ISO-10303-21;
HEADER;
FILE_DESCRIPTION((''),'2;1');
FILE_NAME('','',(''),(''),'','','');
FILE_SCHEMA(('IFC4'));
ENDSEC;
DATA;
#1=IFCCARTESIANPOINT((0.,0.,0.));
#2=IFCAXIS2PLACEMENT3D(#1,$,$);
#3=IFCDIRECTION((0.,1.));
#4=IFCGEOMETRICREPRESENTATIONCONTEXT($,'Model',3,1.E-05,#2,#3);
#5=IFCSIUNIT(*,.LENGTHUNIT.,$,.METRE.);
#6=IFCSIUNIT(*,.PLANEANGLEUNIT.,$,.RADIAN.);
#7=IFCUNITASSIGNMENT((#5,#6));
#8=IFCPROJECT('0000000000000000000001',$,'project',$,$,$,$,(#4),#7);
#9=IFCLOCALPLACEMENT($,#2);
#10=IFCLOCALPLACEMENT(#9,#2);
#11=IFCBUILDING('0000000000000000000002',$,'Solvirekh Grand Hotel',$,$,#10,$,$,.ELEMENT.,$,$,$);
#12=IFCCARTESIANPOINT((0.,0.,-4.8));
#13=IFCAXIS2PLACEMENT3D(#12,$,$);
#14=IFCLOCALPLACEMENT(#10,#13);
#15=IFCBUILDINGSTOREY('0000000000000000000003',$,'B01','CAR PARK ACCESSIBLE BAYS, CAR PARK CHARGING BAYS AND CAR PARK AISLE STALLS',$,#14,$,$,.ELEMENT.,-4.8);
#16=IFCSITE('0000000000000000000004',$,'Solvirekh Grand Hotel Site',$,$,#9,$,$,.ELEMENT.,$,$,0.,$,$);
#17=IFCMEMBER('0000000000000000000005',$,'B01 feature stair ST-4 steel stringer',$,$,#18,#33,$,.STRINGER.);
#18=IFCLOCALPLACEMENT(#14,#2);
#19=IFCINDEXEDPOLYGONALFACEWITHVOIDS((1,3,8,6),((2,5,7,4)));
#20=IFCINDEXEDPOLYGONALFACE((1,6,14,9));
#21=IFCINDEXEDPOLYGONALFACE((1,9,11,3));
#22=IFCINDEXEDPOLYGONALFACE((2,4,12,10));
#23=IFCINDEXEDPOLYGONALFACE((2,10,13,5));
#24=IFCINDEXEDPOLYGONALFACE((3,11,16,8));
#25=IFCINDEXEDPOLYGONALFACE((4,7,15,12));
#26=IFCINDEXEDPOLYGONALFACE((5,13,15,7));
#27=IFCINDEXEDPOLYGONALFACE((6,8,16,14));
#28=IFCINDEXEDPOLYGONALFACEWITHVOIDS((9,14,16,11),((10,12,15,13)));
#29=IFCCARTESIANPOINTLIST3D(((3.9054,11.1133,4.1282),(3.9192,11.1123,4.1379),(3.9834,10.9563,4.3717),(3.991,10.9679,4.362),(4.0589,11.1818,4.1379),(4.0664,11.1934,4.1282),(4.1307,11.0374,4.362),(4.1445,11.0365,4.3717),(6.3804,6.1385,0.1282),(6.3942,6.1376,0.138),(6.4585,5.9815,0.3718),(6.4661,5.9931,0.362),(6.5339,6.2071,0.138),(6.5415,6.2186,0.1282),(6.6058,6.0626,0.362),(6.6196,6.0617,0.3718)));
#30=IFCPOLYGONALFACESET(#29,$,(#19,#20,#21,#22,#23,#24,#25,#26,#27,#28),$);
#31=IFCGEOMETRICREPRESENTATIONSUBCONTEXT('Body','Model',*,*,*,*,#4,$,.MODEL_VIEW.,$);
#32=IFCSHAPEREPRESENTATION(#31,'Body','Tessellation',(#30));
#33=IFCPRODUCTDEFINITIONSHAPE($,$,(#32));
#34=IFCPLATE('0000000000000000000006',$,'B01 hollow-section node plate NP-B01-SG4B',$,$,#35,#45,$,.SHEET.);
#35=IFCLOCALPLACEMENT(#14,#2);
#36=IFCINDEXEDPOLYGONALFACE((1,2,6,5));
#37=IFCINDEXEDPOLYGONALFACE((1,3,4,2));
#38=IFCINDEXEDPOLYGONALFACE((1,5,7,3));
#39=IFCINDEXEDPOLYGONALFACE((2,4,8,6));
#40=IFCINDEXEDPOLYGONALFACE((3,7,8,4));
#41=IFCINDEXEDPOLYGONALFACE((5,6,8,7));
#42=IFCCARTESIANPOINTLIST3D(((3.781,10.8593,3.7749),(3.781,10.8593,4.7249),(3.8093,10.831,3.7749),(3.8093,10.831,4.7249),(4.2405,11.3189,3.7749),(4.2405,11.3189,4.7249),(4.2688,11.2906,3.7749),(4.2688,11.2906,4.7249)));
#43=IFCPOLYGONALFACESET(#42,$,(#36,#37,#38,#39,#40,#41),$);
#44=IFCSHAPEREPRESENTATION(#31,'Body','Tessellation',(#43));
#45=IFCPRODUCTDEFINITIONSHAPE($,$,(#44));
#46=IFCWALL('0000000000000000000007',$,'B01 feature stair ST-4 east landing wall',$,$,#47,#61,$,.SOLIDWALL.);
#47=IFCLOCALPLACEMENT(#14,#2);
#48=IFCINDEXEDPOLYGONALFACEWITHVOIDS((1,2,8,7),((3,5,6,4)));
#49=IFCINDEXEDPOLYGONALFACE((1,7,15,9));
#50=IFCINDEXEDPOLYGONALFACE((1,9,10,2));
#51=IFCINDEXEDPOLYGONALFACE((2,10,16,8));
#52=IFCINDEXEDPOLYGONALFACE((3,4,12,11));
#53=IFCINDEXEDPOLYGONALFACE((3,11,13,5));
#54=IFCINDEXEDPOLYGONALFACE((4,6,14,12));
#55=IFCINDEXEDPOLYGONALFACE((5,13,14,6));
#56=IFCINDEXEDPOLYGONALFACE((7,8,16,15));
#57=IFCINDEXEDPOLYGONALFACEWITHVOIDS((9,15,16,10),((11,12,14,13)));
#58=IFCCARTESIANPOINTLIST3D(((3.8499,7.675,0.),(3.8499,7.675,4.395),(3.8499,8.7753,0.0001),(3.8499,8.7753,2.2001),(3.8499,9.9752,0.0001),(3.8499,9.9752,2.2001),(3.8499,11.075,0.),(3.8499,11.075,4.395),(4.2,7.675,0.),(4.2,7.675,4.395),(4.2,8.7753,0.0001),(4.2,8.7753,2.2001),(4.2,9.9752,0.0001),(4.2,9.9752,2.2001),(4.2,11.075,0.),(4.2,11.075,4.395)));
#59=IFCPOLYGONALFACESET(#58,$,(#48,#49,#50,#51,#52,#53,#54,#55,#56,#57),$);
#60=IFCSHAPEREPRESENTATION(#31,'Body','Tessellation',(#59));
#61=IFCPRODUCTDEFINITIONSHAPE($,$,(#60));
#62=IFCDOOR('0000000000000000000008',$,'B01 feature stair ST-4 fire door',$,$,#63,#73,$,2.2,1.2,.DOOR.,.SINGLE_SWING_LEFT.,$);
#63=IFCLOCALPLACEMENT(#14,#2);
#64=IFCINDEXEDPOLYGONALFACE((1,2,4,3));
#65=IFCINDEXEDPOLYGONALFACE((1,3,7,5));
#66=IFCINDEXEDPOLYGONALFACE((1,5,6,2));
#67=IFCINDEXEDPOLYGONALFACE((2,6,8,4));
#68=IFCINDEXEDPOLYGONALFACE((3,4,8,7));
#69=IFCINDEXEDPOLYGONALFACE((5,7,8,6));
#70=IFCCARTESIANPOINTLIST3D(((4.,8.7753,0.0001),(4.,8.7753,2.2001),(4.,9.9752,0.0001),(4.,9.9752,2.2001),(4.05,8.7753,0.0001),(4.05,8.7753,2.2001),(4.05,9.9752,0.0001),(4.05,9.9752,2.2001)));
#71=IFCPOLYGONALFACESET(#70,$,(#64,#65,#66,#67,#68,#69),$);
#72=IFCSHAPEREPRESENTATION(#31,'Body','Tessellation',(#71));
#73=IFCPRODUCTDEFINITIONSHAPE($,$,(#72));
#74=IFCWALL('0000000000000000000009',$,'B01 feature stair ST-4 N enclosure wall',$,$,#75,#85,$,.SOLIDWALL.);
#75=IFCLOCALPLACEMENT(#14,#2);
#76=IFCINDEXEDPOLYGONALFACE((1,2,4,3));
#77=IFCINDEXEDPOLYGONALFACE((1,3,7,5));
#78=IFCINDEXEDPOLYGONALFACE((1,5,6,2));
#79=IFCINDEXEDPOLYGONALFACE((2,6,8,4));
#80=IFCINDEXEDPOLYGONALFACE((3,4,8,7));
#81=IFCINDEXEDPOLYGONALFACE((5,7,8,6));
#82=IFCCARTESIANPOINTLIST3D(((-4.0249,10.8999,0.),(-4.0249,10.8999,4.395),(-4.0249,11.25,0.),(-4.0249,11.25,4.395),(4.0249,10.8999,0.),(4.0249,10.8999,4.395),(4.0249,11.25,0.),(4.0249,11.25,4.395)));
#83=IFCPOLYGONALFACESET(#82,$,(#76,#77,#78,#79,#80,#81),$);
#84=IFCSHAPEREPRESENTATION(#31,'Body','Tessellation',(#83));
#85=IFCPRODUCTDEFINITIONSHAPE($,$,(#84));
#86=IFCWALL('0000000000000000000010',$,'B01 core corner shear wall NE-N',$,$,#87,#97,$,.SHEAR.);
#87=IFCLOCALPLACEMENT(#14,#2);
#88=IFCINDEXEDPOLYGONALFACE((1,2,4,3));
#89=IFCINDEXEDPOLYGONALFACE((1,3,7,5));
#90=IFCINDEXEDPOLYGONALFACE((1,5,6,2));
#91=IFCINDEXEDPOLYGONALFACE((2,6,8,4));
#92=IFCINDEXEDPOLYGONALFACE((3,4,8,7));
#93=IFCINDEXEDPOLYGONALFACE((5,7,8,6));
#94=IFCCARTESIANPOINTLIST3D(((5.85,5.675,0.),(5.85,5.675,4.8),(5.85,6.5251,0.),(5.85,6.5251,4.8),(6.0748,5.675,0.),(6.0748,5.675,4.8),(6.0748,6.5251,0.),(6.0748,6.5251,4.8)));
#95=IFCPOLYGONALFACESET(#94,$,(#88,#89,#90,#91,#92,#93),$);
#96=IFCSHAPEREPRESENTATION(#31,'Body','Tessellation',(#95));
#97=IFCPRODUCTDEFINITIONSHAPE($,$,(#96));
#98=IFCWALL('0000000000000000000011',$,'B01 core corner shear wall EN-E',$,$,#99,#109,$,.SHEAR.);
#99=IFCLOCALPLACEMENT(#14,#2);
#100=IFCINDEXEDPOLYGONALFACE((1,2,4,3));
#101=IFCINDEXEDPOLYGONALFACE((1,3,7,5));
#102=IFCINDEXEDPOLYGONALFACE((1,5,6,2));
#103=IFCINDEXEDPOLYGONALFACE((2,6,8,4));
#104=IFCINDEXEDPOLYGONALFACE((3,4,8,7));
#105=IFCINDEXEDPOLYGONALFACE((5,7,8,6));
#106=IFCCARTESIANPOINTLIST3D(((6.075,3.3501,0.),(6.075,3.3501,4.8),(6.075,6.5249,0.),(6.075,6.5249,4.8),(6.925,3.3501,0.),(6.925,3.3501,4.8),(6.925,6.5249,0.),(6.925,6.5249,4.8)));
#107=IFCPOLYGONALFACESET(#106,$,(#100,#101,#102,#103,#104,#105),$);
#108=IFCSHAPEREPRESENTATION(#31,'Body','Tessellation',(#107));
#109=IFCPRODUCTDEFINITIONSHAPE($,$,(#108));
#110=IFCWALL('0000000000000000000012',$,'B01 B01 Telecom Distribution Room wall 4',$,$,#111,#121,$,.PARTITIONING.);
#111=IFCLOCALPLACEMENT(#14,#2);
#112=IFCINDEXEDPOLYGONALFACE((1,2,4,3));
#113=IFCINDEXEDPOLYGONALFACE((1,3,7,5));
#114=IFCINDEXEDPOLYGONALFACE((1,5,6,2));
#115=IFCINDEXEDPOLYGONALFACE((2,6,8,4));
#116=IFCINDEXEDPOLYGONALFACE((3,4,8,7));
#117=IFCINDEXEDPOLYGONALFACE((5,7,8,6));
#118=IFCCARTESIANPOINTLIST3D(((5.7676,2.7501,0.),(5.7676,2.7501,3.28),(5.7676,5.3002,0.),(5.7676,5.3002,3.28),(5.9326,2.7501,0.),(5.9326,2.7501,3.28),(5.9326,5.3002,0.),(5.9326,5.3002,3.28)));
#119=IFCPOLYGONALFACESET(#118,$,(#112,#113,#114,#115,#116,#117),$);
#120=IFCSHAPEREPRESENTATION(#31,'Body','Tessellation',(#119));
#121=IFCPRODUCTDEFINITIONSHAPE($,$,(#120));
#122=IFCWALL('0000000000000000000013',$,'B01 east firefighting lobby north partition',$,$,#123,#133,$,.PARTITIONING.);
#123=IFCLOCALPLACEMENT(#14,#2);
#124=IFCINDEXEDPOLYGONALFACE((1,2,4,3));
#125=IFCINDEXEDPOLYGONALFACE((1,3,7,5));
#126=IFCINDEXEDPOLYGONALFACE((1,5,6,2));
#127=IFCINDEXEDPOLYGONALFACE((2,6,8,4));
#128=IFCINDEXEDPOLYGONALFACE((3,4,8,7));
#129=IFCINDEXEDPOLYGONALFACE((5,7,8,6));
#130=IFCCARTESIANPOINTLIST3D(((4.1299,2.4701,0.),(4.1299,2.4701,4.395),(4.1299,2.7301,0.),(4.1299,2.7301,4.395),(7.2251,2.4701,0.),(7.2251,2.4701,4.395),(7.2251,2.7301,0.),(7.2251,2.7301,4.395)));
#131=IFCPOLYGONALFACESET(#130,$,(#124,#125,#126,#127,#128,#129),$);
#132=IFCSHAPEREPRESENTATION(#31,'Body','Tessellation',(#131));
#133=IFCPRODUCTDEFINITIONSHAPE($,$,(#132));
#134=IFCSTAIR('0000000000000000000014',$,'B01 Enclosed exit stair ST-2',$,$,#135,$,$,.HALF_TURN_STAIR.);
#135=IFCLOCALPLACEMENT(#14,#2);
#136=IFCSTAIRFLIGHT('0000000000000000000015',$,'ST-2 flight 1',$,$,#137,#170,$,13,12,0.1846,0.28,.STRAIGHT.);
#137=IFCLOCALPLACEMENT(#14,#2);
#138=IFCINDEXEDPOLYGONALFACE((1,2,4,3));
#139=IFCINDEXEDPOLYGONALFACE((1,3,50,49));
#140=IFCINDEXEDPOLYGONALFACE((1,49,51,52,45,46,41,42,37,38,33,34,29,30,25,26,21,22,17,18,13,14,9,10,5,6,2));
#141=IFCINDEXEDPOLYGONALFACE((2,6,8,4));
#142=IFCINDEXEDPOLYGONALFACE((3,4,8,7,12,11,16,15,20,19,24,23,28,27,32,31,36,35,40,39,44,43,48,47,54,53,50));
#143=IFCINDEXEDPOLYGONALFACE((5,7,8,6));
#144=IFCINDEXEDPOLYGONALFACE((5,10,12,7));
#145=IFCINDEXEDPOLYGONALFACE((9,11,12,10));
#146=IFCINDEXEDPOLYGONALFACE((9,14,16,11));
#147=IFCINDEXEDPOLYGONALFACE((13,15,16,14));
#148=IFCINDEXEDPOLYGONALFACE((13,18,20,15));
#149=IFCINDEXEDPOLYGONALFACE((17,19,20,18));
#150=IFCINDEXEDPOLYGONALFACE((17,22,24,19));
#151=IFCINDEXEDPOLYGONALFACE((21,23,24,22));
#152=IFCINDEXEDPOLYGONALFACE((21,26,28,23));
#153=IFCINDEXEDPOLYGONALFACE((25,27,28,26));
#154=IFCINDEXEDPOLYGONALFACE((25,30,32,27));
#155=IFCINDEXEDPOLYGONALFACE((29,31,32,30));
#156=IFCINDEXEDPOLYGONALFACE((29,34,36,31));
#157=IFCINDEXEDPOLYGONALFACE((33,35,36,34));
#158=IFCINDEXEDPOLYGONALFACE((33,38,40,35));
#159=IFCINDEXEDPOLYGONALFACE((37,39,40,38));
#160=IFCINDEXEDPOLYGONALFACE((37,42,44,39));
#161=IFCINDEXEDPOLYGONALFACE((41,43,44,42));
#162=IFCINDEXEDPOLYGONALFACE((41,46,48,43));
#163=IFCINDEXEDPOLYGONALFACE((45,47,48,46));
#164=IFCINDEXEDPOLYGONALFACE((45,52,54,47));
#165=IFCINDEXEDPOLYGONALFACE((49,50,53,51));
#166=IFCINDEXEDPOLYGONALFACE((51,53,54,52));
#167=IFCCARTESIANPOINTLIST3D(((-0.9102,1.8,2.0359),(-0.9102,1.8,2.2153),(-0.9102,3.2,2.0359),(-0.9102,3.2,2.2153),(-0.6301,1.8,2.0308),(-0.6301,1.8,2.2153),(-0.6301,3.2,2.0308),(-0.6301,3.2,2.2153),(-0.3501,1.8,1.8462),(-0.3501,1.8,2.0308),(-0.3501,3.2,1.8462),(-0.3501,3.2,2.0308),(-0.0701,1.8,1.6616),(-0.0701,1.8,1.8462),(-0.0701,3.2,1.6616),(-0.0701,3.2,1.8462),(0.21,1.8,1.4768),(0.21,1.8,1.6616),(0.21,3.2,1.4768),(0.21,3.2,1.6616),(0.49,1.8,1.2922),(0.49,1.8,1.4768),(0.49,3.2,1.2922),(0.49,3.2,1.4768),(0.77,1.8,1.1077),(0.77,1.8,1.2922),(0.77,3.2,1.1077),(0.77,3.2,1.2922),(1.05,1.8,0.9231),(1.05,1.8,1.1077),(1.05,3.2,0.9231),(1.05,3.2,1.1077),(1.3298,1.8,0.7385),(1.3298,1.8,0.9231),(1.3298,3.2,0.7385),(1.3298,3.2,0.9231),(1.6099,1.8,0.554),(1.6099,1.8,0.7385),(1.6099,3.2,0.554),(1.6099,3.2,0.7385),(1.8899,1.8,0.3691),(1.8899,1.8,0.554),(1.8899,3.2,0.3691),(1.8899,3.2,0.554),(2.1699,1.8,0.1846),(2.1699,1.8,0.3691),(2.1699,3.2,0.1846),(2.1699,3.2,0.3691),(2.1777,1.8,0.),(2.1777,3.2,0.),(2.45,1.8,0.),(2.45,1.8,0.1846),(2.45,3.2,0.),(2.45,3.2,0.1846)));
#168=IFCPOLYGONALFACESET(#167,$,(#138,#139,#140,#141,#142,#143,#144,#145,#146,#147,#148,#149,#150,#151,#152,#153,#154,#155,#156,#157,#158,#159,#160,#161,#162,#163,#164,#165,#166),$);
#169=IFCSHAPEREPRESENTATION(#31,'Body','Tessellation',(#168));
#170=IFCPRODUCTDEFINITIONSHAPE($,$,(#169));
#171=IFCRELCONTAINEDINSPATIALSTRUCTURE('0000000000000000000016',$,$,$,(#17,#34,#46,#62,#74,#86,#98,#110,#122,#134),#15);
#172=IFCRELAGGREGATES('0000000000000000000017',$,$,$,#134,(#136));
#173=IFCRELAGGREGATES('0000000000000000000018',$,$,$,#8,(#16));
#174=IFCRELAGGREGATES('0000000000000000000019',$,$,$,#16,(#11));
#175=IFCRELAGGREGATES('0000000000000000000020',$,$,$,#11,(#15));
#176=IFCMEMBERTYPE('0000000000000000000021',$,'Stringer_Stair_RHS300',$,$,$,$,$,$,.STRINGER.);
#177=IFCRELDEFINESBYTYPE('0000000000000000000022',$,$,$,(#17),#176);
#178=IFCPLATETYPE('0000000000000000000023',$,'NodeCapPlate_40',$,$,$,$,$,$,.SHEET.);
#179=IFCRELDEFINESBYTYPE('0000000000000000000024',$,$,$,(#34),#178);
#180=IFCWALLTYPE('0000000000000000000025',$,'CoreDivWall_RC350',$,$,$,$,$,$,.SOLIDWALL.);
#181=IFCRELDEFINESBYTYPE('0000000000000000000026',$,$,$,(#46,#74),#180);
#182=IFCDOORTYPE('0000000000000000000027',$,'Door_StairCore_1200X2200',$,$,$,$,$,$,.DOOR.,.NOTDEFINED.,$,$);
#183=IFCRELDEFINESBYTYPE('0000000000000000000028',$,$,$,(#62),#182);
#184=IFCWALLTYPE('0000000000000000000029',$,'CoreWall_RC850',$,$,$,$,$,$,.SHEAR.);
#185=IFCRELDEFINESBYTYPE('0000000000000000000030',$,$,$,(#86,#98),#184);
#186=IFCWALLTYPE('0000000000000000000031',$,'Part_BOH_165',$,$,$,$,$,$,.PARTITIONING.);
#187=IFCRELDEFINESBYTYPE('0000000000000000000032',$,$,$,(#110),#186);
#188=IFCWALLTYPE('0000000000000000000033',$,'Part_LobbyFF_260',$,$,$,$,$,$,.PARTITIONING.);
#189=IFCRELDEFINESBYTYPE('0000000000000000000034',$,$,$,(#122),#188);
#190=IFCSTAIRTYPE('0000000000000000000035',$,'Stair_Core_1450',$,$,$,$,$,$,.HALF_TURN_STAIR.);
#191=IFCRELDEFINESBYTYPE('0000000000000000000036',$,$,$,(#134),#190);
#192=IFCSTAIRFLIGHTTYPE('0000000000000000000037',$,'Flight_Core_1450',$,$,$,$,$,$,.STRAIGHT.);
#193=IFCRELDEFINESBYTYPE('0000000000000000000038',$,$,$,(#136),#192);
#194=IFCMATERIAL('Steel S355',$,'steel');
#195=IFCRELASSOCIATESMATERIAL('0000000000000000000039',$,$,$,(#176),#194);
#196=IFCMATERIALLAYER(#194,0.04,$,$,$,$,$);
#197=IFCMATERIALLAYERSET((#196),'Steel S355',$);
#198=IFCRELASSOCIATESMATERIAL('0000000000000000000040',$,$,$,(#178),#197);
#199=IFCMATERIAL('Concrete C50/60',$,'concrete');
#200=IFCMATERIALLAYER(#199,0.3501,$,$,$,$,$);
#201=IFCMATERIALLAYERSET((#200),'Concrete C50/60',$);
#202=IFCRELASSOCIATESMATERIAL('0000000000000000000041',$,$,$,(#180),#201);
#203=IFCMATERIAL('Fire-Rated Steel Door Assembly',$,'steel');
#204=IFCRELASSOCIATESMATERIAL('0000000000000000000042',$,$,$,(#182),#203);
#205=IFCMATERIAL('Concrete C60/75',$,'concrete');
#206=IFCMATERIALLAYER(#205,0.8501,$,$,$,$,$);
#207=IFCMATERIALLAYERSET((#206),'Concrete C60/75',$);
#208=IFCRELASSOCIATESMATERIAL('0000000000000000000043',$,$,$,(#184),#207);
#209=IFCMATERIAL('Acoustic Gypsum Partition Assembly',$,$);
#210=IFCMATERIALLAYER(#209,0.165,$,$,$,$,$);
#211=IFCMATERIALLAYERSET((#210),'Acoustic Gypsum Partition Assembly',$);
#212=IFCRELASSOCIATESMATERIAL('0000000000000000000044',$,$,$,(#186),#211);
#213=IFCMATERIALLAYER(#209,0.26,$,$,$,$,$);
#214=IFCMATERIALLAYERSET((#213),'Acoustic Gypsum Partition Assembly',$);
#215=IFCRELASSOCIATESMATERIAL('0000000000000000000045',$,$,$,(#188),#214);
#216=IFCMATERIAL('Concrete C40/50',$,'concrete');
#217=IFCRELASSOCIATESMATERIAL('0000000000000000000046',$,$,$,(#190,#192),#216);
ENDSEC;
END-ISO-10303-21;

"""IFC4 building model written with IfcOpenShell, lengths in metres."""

from ifc_helpers import new_model, si_unit, direction, frame, frame_2d, origin, origin_2d, place, context, subcontext, project, spatial, polyline, rectangle, hollow_rectangle, outline, extrude, material, layer, layer_set, material_profile, profile_set, type_object, element, fill, aggregate, save


model = new_model("IFC4")

# Units and contexts
model_context = context("Model", 3, precision=1e-05, world=origin(), true_north=direction((0.0, 1.0)))
body_context = subcontext(model_context, "Body", "Model", "MODEL_VIEW")
ifc_project = project(units=[si_unit("LENGTHUNIT", "METRE"), si_unit("PLANEANGLEUNIT", "RADIAN")], contexts=[model_context])

# Site, building, storey
site_placement = place(None, origin())
site = spatial("IfcSite", under=ifc_project, at=site_placement, Name="Solvirekh Grand Hotel Site", CompositionType="ELEMENT", RefElevation=0.0)
building_placement = place(site_placement, origin())
building = spatial("IfcBuilding", under=site, at=building_placement, Name="Solvirekh Grand Hotel", CompositionType="ELEMENT")
storey_placement = place(building_placement, frame((0.0, 0.0, -4.8)))
storey = spatial("IfcBuildingStorey", under=building, at=storey_placement, Name="B01", Description="CAR PARK ACCESSIBLE BAYS, CAR PARK CHARGING BAYS AND CAR PARK AISLE STALLS", CompositionType="ELEMENT", Elevation=-4.8)

# Shared definitions
ifc_material_1 = material(Name="Concrete C60/75", Category="concrete")
ifc_material_2 = material(Name="Steel S355", Category="steel")

# Member
ifc_material_profile_1 = material_profile(ifc_material_2, hollow_rectangle(XDim=0.1799, YDim=0.3, WallThickness=0.012, at=origin_2d()), Name="RHS 300X180X12")
ifc_profile_set_1 = profile_set([ifc_material_profile_1], Name="Steel S355")
member_type = type_object("IfcMemberType", Name="Stringer_Stair_RHS300", PredefinedType="STRINGER", material=ifc_profile_set_1)
member_placement = place(storey_placement, frame((6.5, 6.1001, 0.25), z_axis=(-0.36151, 0.726622, 0.584236), x_axis=(-0.895313, -0.445438, 0.0)))
element("IfcMember", 1, at=member_placement, inside=storey, type_object=member_type, Name="B01 feature stair ST-4 steel stringer", PredefinedType="STRINGER", context=body_context, shape_type="SweptSolid", body=[
    extrude(hollow_rectangle(XDim=0.1799, YDim=0.3, WallThickness=0.012, at=origin_2d()), origin(), (0.0, 0.0, 1.0), 6.8464),
])

# Plate
ifc_layer_1 = layer(ifc_material_2, 0.04)
ifc_layer_set_1 = layer_set([ifc_layer_1], Name="Steel S355")
plate_type = type_object("IfcPlateType", Name="NodeCapPlate_40", PredefinedType="SHEET", material=ifc_layer_set_1)
plate_placement = place(storey_placement, frame((4.0249, 11.075, 3.7749), z_axis=(0.0, 0.0, 1.0), x_axis=(-0.707107, 0.707107, 0.0)))
element("IfcPlate", 2, at=plate_placement, inside=storey, type_object=plate_type, Name="B01 hollow-section node plate NP-B01-SG4B", PredefinedType="SHEET", context=body_context, shape_type="SweptSolid", body=[
    extrude(rectangle(XDim=0.04, YDim=0.6499, at=origin_2d()), origin(), (0.0, 0.0, 1.0), 0.95),
])

# Wall, opening, door
ifc_material_3 = material(Name="Concrete C50/60", Category="concrete")
ifc_layer_2 = layer(ifc_material_3, 0.3501)
ifc_layer_set_2 = layer_set([ifc_layer_2], Name="Concrete C50/60")
wall_type_1 = type_object("IfcWallType", Name="CoreDivWall_RC350", PredefinedType="SOLIDWALL", material=ifc_layer_set_2)
wall_1_placement = place(storey_placement, frame((4.0249, 7.675, 0.0), z_axis=(0.0, 0.0, 1.0), x_axis=(0.0, 1.0, 0.0)))
wall_1 = element("IfcWall", 3, at=wall_1_placement, inside=storey, type_object=wall_type_1, Name="B01 feature stair ST-4 east landing wall", PredefinedType="SOLIDWALL", context=body_context, shape_type="SweptSolid", body=[
    extrude(rectangle(XDim=3.3999, YDim=0.3501, at=frame_2d((1.7, 0.0))), origin(), (0.0, 0.0, 1.0), 4.395),
])
opening_placement = place(wall_1_placement, frame((1.1001, 0.0, 0.0)))
opening = element("IfcOpeningElement", 4, at=opening_placement, cuts=wall_1, PredefinedType="OPENING", context=body_context, shape_type="SweptSolid", body=[
    extrude(rectangle(XDim=1.2, YDim=2.2, at=frame_2d((0.6001, 1.1001))), frame((0.0, 0.1851, 0.0), z_axis=(0.0, -1.0, 0.0), x_axis=(1.0, 0.0, 0.0)), (0.0, 0.0, 1.0), 0.3701),
])
ifc_material_4 = material(Name="Fire-Rated Steel Door Assembly", Category="steel")
door_type = type_object("IfcDoorType", Name="Door_StairCore_1200X2200", OperationType="NOTDEFINED", PredefinedType="DOOR", material=ifc_material_4)
door_placement = place(opening_placement, origin())
door = element("IfcDoor", 5, at=door_placement, inside=storey, type_object=door_type, Name="B01 feature stair ST-4 fire door", OperationType="SINGLE_SWING_LEFT", OverallHeight=2.2, OverallWidth=1.2, PredefinedType="DOOR", context=body_context, shape_type="SweptSolid", body=[
    extrude(rectangle(XDim=1.2, YDim=2.2, at=frame_2d((0.6001, 1.1001))), frame((0.0, 0.0249, 0.0), z_axis=(0.0, -1.0, 0.0), x_axis=(1.0, 0.0, 0.0)), (0.0, 0.0, 1.0), 0.05),
])
fill(opening, door)

# Walls
wall_2_placement = place(storey_placement, frame((4.0249, 11.075, 0.0), z_axis=(0.0, 0.0, 1.0), x_axis=(-1.0, 0.0, 0.0)))
element("IfcWall", 6, at=wall_2_placement, inside=storey, type_object=wall_type_1, Name="B01 feature stair ST-4 N enclosure wall", PredefinedType="SOLIDWALL", context=body_context, shape_type="SweptSolid", body=[
    extrude(rectangle(XDim=8.0498, YDim=0.3501, at=frame_2d((4.0249, 0.0))), origin(), (0.0, 0.0, 1.0), 4.395),
])
ifc_layer_3 = layer(ifc_material_1, 0.8501)
ifc_layer_set_3 = layer_set([ifc_layer_3], Name="Concrete C60/75")
wall_type_2 = type_object("IfcWallType", Name="CoreWall_RC850", PredefinedType="SHEAR", material=ifc_layer_set_3)
wall_3_placement = place(storey_placement, frame((5.8501, 6.1001, 0.0), z_axis=(0.0, 0.0, 1.0), x_axis=(1.0, 0.0, 0.0)))
element("IfcWall", 7, at=wall_3_placement, inside=storey, type_object=wall_type_2, Name="B01 core corner shear wall NE-N", PredefinedType="SHEAR", context=body_context, shape_type="SweptSolid", body=[
    extrude(rectangle(XDim=0.2249, YDim=0.8501, at=frame_2d((0.1123, 0.0))), origin(), (0.0, 0.0, 1.0), 4.8),
])
wall_4_placement = place(storey_placement, frame((6.5, 3.3501, 0.0), z_axis=(0.0, 0.0, 1.0), x_axis=(0.0, 1.0, 0.0)))
element("IfcWall", 8, at=wall_4_placement, inside=storey, type_object=wall_type_2, Name="B01 core corner shear wall EN-E", PredefinedType="SHEAR", context=body_context, shape_type="SweptSolid", body=[
    extrude(rectangle(XDim=3.1748, YDim=0.8501, at=frame_2d((1.5874, 0.0))), origin(), (0.0, 0.0, 1.0), 4.8),
])
ifc_material_5 = material(Name="Acoustic Gypsum Partition Assembly")
ifc_layer_4 = layer(ifc_material_5, 0.165)
ifc_layer_set_4 = layer_set([ifc_layer_4], Name="Acoustic Gypsum Partition Assembly")
wall_type_3 = type_object("IfcWallType", Name="Part_BOH_165", PredefinedType="PARTITIONING", material=ifc_layer_set_4)
wall_5_placement = place(storey_placement, frame((5.8501, 5.3, 0.0), z_axis=(0.0, 0.0, 1.0), x_axis=(0.0, -1.0, 0.0)))
element("IfcWall", 9, at=wall_5_placement, inside=storey, type_object=wall_type_3, Name="B01 B01 Telecom Distribution Room wall 4", PredefinedType="PARTITIONING", context=body_context, shape_type="SweptSolid", body=[
    extrude(rectangle(XDim=2.55, YDim=0.165, at=frame_2d((1.2749, 0.0))), origin(), (0.0, 0.0, 1.0), 3.28),
])
ifc_layer_5 = layer(ifc_material_5, 0.26)
ifc_layer_set_5 = layer_set([ifc_layer_5], Name="Acoustic Gypsum Partition Assembly")
wall_type_4 = type_object("IfcWallType", Name="Part_LobbyFF_260", PredefinedType="PARTITIONING", material=ifc_layer_set_5)
wall_6_placement = place(storey_placement, frame((4.1299, 2.6001, 0.0), z_axis=(0.0, 0.0, 1.0), x_axis=(1.0, 0.0, 0.0)))
element("IfcWall", 10, at=wall_6_placement, inside=storey, type_object=wall_type_4, Name="B01 east firefighting lobby north partition", PredefinedType="PARTITIONING", context=body_context, shape_type="SweptSolid", body=[
    extrude(rectangle(XDim=3.0952, YDim=0.26, at=frame_2d((1.5476, 0.0))), origin(), (0.0, 0.0, 1.0), 4.395),
])

# Stair, stair flight
ifc_material_6 = material(Name="Concrete C40/50", Category="concrete")
stair_type_1 = type_object("IfcStairType", Name="Stair_Core_1450", PredefinedType="HALF_TURN_STAIR", material=ifc_material_6)
stair_1_placement = place(storey_placement, origin())
stair_1 = element("IfcStair", 11, at=stair_1_placement, inside=storey, type_object=stair_type_1, Name="B01 Enclosed exit stair ST-2", PredefinedType="HALF_TURN_STAIR")
stair_flight_type_1 = type_object("IfcStairFlightType", Name="Flight_Core_1450", PredefinedType="STRAIGHT", material=ifc_material_6)
stair_flight_1_placement = place(storey_placement, frame((2.45, 2.5, 0.0), z_axis=(0.0, 0.0, 1.0), x_axis=(-1.0, 0.0, 0.0)))
stair_flight_1 = element("IfcStairFlight", 12, at=stair_flight_1_placement, type_object=stair_flight_type_1, Name="ST-2 flight 1", NumberOfRisers=13, NumberOfTreads=12, PredefinedType="STRAIGHT", RiserHeight=0.1846, TreadLength=0.28, context=body_context, shape_type="SweptSolid", body=[
    extrude(outline(polyline([(0.0, 0.0), (0.0, 0.1846), (0.28, 0.1846), (0.28, 0.3691), (0.5601, 0.3691), (0.5601, 0.554), (0.8401, 0.554), (0.8401, 0.7385), (1.1201, 0.7385), (1.1201, 0.9231), (1.3999, 0.9231), (1.3999, 1.1077), (1.6799, 1.1077), (1.6799, 1.2922), (1.96, 1.2922), (1.96, 1.4768), (2.24, 1.4768), (2.24, 1.6616), (2.52, 1.6616), (2.52, 1.8462), (2.8, 1.8462), (2.8, 2.0308), (3.0801, 2.0308), (3.0801, 2.2153), (3.3601, 2.2153), (3.3601, 2.3999), (3.3601, 2.0359), (0.2722, 0.0), (0.0, 0.0)])), frame((0.0, 0.7, 0.0), z_axis=(0.0, -1.0, 0.0), x_axis=(1.0, 0.0, 0.0)), (0.0, 0.0, 1.0), 1.3999),
])
aggregate(stair_1, [stair_flight_1])

save(model, "model.ifc")
